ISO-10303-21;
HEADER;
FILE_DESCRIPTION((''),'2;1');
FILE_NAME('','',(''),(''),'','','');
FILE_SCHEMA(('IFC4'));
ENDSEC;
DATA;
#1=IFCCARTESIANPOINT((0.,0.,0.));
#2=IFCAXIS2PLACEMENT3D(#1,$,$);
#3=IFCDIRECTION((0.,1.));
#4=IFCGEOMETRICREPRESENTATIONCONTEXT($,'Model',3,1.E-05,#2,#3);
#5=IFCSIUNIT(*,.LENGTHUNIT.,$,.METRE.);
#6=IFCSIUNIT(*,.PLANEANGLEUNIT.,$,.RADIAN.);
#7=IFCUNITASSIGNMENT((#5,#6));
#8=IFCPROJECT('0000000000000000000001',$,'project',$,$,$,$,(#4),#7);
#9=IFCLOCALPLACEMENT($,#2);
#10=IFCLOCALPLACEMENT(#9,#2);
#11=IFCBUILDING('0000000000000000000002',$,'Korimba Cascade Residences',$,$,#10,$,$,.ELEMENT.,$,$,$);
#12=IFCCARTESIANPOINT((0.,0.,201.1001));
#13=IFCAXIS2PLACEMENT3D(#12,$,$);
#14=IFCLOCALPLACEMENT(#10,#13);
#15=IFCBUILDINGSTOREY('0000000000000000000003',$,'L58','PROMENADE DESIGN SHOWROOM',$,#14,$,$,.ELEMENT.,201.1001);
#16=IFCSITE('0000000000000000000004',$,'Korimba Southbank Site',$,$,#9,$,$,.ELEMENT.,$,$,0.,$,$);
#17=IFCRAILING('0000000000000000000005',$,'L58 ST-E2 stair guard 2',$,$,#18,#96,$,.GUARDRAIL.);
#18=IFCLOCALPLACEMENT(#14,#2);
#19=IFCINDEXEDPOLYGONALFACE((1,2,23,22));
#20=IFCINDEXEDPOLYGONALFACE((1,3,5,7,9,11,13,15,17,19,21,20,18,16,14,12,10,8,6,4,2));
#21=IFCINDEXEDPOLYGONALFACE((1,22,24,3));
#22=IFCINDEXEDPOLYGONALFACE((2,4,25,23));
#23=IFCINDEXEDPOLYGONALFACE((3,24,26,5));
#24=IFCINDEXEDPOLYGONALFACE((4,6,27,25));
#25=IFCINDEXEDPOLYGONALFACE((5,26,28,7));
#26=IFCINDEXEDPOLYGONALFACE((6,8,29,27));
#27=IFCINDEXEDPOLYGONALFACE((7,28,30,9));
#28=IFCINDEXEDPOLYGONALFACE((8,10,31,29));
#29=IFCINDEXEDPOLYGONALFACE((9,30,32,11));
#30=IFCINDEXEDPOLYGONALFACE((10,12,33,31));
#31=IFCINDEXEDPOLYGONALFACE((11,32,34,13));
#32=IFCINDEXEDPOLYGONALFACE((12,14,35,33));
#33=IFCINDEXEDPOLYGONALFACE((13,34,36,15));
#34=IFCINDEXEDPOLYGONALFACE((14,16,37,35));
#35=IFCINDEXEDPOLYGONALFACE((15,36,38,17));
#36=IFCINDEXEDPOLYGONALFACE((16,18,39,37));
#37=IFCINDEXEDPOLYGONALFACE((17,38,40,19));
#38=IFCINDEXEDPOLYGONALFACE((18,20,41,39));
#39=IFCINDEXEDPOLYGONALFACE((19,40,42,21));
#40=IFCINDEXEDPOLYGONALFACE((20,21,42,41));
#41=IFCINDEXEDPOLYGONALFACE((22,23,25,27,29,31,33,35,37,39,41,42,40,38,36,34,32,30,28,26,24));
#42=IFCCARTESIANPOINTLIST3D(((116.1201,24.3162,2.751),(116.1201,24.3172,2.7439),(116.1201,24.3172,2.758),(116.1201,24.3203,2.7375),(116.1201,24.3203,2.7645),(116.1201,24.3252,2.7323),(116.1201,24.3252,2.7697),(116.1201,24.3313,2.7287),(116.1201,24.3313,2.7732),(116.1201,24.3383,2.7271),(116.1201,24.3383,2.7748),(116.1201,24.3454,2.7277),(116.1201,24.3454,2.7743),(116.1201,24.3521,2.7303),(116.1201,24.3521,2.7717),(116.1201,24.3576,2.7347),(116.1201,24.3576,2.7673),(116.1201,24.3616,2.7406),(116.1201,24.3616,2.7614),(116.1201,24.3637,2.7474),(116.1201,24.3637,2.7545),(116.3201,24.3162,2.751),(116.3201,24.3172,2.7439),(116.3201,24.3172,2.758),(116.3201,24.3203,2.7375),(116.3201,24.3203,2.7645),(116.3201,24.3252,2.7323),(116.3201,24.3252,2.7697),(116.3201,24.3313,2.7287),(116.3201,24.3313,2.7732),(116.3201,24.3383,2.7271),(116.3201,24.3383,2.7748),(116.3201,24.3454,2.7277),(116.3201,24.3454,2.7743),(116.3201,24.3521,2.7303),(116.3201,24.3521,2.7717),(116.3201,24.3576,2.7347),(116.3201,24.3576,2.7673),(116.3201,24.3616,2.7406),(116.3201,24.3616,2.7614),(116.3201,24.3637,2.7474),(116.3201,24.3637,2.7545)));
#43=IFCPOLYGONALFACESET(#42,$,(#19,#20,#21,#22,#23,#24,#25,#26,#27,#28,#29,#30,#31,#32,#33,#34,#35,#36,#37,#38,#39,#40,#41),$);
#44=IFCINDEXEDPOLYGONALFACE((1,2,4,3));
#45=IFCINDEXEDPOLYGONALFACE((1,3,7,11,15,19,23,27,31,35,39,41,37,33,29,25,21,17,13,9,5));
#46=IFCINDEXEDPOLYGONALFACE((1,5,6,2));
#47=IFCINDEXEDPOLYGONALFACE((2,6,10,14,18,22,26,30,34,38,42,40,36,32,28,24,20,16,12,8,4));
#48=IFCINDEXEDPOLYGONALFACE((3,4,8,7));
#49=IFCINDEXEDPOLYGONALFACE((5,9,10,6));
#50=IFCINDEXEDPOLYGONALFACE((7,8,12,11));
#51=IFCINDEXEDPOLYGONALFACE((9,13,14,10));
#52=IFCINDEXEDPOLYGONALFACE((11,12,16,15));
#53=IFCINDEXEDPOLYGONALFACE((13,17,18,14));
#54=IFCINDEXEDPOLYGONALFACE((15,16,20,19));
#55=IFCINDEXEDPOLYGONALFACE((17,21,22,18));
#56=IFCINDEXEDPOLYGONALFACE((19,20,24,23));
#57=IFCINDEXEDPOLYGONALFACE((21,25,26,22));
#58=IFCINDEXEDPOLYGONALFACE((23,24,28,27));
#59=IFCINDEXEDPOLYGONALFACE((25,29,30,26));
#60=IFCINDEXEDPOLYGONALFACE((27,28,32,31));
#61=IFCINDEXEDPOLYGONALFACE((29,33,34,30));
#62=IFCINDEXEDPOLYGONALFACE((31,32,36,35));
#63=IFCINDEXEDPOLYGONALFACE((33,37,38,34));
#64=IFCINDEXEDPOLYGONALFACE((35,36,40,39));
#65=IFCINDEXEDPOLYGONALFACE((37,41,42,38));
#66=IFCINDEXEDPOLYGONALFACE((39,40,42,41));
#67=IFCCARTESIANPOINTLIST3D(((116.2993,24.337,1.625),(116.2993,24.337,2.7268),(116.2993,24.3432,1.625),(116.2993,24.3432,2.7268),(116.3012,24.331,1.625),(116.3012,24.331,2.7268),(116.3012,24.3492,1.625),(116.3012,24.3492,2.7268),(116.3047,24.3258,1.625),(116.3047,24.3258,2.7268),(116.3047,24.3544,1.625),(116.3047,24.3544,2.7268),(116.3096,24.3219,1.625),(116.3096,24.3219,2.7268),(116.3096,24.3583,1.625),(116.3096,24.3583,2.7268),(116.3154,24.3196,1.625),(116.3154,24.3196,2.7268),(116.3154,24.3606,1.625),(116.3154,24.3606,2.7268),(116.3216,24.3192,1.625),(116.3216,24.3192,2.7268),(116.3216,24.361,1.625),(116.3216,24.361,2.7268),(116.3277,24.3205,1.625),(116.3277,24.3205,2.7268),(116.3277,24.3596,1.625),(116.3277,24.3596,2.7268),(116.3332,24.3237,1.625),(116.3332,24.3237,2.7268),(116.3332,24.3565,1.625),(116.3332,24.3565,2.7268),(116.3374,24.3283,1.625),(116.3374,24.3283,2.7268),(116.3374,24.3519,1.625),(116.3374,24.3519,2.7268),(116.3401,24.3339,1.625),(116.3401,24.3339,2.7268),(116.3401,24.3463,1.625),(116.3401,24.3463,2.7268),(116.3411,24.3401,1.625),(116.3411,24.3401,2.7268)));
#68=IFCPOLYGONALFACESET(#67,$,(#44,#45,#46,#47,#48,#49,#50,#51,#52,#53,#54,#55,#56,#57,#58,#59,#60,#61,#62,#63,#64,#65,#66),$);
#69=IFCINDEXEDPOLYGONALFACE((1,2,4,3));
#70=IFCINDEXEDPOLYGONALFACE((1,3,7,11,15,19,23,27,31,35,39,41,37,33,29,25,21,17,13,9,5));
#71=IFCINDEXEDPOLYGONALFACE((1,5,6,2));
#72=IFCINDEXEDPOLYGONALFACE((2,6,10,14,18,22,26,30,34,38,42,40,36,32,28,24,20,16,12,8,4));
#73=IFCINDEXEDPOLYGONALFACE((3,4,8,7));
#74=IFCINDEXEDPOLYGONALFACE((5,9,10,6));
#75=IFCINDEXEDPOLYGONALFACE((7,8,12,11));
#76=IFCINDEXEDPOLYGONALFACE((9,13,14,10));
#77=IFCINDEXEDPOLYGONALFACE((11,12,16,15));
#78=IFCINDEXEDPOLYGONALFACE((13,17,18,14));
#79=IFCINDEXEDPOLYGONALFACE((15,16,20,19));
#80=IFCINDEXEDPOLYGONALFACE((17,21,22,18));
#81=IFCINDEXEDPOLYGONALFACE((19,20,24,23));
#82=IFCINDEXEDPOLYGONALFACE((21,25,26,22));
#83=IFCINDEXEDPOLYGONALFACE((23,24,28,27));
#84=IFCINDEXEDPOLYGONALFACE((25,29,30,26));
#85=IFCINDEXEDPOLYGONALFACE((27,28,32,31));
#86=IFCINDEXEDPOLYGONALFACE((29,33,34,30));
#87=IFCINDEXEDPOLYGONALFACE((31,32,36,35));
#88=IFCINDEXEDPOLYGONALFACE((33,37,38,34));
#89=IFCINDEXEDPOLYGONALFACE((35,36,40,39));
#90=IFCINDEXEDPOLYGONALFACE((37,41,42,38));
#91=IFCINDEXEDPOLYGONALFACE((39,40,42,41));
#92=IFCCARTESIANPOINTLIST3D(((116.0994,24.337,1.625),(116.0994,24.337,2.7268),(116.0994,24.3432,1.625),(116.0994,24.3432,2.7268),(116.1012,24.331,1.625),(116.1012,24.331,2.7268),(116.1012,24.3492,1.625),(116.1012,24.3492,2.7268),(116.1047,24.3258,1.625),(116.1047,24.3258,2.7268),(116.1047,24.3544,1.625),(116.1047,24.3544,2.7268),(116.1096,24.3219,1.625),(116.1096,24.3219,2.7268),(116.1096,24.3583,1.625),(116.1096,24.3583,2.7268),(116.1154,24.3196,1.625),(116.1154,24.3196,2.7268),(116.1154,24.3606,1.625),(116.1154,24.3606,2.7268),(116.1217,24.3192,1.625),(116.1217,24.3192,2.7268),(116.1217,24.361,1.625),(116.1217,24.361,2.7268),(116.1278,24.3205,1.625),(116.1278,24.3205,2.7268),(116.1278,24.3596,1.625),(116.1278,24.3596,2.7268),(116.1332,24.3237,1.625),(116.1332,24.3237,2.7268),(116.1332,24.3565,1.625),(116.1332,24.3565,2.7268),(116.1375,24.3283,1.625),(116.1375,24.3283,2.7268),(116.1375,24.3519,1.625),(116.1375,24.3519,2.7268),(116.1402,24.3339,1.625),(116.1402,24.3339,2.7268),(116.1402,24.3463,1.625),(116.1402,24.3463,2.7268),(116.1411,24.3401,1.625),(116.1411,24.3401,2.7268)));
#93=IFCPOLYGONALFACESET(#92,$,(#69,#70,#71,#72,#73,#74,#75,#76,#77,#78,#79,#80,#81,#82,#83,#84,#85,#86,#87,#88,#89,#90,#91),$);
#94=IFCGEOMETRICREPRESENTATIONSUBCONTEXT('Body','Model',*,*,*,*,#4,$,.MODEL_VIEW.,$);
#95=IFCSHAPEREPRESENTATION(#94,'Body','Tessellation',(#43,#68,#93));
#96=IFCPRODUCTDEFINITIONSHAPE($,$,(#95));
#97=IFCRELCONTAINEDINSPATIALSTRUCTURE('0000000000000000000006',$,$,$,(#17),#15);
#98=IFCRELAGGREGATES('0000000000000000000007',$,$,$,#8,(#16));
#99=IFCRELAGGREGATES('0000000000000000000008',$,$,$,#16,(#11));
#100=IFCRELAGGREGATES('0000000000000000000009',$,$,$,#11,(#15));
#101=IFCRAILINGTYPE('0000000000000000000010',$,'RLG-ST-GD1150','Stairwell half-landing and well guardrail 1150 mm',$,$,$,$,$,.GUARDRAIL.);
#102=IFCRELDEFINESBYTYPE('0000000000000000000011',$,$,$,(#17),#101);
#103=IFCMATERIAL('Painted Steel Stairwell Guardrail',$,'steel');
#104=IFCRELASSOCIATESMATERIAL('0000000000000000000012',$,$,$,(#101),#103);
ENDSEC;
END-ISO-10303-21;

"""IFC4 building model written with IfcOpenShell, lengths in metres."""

from ifc_helpers import new_model, si_unit, direction, frame, origin, origin_2d, place, context, subcontext, project, spatial, circle, extrude, material, type_object, element, save


model = new_model("IFC4")

# Units and contexts
model_context = context("Model", 3, precision=1e-05, world=origin(), true_north=direction((0.0, 1.0)))
body_context = subcontext(model_context, "Body", "Model", "MODEL_VIEW")
ifc_project = project(units=[si_unit("LENGTHUNIT", "METRE"), si_unit("PLANEANGLEUNIT", "RADIAN")], contexts=[model_context])

# Site, building, storey
site_placement = place(None, origin())
site = spatial("IfcSite", under=ifc_project, at=site_placement, Name="Korimba Southbank Site", CompositionType="ELEMENT", RefElevation=0.0)
building_placement = place(site_placement, origin())
building = spatial("IfcBuilding", under=site, at=building_placement, Name="Korimba Cascade Residences", CompositionType="ELEMENT")
storey_placement = place(building_placement, frame((0.0, 0.0, 201.1001)))
storey = spatial("IfcBuildingStorey", under=building, at=storey_placement, Name="L58", Description="PROMENADE DESIGN SHOWROOM", CompositionType="ELEMENT", Elevation=201.1001)

# Railing
ifc_material_1 = material(Name="Painted Steel Stairwell Guardrail", Category="steel")
railing_type_1 = type_object("IfcRailingType", Name="RLG-ST-GD1150", Description="Stairwell half-landing and well guardrail 1150 mm", PredefinedType="GUARDRAIL", material=ifc_material_1)
railing_1_placement = place(storey_placement, frame((116.3201, 24.3401, 1.625)))
element("IfcRailing", 1, at=railing_1_placement, inside=storey, type_object=railing_type_1, Name="L58 ST-E2 stair guard 2", PredefinedType="GUARDRAIL", context=body_context, shape_type="SweptSolid", body=[
    extrude(circle(Radius=0.0239, at=origin_2d()), frame((0.0, 0.0, 1.126), z_axis=(-1.0, 0.0, 0.0), x_axis=(0.0, -1.0, 0.0)), (0.0, 0.0, 1.0), 0.2),
    extrude(circle(Radius=0.021, at=origin_2d()), origin(), (0.0, 0.0, 1.0), 1.1018),
    extrude(circle(Radius=0.021, at=origin_2d()), frame((-0.2, 0.0, 0.0)), (0.0, 0.0, 1.0), 1.1018),
])

save(model, "model.ifc")
